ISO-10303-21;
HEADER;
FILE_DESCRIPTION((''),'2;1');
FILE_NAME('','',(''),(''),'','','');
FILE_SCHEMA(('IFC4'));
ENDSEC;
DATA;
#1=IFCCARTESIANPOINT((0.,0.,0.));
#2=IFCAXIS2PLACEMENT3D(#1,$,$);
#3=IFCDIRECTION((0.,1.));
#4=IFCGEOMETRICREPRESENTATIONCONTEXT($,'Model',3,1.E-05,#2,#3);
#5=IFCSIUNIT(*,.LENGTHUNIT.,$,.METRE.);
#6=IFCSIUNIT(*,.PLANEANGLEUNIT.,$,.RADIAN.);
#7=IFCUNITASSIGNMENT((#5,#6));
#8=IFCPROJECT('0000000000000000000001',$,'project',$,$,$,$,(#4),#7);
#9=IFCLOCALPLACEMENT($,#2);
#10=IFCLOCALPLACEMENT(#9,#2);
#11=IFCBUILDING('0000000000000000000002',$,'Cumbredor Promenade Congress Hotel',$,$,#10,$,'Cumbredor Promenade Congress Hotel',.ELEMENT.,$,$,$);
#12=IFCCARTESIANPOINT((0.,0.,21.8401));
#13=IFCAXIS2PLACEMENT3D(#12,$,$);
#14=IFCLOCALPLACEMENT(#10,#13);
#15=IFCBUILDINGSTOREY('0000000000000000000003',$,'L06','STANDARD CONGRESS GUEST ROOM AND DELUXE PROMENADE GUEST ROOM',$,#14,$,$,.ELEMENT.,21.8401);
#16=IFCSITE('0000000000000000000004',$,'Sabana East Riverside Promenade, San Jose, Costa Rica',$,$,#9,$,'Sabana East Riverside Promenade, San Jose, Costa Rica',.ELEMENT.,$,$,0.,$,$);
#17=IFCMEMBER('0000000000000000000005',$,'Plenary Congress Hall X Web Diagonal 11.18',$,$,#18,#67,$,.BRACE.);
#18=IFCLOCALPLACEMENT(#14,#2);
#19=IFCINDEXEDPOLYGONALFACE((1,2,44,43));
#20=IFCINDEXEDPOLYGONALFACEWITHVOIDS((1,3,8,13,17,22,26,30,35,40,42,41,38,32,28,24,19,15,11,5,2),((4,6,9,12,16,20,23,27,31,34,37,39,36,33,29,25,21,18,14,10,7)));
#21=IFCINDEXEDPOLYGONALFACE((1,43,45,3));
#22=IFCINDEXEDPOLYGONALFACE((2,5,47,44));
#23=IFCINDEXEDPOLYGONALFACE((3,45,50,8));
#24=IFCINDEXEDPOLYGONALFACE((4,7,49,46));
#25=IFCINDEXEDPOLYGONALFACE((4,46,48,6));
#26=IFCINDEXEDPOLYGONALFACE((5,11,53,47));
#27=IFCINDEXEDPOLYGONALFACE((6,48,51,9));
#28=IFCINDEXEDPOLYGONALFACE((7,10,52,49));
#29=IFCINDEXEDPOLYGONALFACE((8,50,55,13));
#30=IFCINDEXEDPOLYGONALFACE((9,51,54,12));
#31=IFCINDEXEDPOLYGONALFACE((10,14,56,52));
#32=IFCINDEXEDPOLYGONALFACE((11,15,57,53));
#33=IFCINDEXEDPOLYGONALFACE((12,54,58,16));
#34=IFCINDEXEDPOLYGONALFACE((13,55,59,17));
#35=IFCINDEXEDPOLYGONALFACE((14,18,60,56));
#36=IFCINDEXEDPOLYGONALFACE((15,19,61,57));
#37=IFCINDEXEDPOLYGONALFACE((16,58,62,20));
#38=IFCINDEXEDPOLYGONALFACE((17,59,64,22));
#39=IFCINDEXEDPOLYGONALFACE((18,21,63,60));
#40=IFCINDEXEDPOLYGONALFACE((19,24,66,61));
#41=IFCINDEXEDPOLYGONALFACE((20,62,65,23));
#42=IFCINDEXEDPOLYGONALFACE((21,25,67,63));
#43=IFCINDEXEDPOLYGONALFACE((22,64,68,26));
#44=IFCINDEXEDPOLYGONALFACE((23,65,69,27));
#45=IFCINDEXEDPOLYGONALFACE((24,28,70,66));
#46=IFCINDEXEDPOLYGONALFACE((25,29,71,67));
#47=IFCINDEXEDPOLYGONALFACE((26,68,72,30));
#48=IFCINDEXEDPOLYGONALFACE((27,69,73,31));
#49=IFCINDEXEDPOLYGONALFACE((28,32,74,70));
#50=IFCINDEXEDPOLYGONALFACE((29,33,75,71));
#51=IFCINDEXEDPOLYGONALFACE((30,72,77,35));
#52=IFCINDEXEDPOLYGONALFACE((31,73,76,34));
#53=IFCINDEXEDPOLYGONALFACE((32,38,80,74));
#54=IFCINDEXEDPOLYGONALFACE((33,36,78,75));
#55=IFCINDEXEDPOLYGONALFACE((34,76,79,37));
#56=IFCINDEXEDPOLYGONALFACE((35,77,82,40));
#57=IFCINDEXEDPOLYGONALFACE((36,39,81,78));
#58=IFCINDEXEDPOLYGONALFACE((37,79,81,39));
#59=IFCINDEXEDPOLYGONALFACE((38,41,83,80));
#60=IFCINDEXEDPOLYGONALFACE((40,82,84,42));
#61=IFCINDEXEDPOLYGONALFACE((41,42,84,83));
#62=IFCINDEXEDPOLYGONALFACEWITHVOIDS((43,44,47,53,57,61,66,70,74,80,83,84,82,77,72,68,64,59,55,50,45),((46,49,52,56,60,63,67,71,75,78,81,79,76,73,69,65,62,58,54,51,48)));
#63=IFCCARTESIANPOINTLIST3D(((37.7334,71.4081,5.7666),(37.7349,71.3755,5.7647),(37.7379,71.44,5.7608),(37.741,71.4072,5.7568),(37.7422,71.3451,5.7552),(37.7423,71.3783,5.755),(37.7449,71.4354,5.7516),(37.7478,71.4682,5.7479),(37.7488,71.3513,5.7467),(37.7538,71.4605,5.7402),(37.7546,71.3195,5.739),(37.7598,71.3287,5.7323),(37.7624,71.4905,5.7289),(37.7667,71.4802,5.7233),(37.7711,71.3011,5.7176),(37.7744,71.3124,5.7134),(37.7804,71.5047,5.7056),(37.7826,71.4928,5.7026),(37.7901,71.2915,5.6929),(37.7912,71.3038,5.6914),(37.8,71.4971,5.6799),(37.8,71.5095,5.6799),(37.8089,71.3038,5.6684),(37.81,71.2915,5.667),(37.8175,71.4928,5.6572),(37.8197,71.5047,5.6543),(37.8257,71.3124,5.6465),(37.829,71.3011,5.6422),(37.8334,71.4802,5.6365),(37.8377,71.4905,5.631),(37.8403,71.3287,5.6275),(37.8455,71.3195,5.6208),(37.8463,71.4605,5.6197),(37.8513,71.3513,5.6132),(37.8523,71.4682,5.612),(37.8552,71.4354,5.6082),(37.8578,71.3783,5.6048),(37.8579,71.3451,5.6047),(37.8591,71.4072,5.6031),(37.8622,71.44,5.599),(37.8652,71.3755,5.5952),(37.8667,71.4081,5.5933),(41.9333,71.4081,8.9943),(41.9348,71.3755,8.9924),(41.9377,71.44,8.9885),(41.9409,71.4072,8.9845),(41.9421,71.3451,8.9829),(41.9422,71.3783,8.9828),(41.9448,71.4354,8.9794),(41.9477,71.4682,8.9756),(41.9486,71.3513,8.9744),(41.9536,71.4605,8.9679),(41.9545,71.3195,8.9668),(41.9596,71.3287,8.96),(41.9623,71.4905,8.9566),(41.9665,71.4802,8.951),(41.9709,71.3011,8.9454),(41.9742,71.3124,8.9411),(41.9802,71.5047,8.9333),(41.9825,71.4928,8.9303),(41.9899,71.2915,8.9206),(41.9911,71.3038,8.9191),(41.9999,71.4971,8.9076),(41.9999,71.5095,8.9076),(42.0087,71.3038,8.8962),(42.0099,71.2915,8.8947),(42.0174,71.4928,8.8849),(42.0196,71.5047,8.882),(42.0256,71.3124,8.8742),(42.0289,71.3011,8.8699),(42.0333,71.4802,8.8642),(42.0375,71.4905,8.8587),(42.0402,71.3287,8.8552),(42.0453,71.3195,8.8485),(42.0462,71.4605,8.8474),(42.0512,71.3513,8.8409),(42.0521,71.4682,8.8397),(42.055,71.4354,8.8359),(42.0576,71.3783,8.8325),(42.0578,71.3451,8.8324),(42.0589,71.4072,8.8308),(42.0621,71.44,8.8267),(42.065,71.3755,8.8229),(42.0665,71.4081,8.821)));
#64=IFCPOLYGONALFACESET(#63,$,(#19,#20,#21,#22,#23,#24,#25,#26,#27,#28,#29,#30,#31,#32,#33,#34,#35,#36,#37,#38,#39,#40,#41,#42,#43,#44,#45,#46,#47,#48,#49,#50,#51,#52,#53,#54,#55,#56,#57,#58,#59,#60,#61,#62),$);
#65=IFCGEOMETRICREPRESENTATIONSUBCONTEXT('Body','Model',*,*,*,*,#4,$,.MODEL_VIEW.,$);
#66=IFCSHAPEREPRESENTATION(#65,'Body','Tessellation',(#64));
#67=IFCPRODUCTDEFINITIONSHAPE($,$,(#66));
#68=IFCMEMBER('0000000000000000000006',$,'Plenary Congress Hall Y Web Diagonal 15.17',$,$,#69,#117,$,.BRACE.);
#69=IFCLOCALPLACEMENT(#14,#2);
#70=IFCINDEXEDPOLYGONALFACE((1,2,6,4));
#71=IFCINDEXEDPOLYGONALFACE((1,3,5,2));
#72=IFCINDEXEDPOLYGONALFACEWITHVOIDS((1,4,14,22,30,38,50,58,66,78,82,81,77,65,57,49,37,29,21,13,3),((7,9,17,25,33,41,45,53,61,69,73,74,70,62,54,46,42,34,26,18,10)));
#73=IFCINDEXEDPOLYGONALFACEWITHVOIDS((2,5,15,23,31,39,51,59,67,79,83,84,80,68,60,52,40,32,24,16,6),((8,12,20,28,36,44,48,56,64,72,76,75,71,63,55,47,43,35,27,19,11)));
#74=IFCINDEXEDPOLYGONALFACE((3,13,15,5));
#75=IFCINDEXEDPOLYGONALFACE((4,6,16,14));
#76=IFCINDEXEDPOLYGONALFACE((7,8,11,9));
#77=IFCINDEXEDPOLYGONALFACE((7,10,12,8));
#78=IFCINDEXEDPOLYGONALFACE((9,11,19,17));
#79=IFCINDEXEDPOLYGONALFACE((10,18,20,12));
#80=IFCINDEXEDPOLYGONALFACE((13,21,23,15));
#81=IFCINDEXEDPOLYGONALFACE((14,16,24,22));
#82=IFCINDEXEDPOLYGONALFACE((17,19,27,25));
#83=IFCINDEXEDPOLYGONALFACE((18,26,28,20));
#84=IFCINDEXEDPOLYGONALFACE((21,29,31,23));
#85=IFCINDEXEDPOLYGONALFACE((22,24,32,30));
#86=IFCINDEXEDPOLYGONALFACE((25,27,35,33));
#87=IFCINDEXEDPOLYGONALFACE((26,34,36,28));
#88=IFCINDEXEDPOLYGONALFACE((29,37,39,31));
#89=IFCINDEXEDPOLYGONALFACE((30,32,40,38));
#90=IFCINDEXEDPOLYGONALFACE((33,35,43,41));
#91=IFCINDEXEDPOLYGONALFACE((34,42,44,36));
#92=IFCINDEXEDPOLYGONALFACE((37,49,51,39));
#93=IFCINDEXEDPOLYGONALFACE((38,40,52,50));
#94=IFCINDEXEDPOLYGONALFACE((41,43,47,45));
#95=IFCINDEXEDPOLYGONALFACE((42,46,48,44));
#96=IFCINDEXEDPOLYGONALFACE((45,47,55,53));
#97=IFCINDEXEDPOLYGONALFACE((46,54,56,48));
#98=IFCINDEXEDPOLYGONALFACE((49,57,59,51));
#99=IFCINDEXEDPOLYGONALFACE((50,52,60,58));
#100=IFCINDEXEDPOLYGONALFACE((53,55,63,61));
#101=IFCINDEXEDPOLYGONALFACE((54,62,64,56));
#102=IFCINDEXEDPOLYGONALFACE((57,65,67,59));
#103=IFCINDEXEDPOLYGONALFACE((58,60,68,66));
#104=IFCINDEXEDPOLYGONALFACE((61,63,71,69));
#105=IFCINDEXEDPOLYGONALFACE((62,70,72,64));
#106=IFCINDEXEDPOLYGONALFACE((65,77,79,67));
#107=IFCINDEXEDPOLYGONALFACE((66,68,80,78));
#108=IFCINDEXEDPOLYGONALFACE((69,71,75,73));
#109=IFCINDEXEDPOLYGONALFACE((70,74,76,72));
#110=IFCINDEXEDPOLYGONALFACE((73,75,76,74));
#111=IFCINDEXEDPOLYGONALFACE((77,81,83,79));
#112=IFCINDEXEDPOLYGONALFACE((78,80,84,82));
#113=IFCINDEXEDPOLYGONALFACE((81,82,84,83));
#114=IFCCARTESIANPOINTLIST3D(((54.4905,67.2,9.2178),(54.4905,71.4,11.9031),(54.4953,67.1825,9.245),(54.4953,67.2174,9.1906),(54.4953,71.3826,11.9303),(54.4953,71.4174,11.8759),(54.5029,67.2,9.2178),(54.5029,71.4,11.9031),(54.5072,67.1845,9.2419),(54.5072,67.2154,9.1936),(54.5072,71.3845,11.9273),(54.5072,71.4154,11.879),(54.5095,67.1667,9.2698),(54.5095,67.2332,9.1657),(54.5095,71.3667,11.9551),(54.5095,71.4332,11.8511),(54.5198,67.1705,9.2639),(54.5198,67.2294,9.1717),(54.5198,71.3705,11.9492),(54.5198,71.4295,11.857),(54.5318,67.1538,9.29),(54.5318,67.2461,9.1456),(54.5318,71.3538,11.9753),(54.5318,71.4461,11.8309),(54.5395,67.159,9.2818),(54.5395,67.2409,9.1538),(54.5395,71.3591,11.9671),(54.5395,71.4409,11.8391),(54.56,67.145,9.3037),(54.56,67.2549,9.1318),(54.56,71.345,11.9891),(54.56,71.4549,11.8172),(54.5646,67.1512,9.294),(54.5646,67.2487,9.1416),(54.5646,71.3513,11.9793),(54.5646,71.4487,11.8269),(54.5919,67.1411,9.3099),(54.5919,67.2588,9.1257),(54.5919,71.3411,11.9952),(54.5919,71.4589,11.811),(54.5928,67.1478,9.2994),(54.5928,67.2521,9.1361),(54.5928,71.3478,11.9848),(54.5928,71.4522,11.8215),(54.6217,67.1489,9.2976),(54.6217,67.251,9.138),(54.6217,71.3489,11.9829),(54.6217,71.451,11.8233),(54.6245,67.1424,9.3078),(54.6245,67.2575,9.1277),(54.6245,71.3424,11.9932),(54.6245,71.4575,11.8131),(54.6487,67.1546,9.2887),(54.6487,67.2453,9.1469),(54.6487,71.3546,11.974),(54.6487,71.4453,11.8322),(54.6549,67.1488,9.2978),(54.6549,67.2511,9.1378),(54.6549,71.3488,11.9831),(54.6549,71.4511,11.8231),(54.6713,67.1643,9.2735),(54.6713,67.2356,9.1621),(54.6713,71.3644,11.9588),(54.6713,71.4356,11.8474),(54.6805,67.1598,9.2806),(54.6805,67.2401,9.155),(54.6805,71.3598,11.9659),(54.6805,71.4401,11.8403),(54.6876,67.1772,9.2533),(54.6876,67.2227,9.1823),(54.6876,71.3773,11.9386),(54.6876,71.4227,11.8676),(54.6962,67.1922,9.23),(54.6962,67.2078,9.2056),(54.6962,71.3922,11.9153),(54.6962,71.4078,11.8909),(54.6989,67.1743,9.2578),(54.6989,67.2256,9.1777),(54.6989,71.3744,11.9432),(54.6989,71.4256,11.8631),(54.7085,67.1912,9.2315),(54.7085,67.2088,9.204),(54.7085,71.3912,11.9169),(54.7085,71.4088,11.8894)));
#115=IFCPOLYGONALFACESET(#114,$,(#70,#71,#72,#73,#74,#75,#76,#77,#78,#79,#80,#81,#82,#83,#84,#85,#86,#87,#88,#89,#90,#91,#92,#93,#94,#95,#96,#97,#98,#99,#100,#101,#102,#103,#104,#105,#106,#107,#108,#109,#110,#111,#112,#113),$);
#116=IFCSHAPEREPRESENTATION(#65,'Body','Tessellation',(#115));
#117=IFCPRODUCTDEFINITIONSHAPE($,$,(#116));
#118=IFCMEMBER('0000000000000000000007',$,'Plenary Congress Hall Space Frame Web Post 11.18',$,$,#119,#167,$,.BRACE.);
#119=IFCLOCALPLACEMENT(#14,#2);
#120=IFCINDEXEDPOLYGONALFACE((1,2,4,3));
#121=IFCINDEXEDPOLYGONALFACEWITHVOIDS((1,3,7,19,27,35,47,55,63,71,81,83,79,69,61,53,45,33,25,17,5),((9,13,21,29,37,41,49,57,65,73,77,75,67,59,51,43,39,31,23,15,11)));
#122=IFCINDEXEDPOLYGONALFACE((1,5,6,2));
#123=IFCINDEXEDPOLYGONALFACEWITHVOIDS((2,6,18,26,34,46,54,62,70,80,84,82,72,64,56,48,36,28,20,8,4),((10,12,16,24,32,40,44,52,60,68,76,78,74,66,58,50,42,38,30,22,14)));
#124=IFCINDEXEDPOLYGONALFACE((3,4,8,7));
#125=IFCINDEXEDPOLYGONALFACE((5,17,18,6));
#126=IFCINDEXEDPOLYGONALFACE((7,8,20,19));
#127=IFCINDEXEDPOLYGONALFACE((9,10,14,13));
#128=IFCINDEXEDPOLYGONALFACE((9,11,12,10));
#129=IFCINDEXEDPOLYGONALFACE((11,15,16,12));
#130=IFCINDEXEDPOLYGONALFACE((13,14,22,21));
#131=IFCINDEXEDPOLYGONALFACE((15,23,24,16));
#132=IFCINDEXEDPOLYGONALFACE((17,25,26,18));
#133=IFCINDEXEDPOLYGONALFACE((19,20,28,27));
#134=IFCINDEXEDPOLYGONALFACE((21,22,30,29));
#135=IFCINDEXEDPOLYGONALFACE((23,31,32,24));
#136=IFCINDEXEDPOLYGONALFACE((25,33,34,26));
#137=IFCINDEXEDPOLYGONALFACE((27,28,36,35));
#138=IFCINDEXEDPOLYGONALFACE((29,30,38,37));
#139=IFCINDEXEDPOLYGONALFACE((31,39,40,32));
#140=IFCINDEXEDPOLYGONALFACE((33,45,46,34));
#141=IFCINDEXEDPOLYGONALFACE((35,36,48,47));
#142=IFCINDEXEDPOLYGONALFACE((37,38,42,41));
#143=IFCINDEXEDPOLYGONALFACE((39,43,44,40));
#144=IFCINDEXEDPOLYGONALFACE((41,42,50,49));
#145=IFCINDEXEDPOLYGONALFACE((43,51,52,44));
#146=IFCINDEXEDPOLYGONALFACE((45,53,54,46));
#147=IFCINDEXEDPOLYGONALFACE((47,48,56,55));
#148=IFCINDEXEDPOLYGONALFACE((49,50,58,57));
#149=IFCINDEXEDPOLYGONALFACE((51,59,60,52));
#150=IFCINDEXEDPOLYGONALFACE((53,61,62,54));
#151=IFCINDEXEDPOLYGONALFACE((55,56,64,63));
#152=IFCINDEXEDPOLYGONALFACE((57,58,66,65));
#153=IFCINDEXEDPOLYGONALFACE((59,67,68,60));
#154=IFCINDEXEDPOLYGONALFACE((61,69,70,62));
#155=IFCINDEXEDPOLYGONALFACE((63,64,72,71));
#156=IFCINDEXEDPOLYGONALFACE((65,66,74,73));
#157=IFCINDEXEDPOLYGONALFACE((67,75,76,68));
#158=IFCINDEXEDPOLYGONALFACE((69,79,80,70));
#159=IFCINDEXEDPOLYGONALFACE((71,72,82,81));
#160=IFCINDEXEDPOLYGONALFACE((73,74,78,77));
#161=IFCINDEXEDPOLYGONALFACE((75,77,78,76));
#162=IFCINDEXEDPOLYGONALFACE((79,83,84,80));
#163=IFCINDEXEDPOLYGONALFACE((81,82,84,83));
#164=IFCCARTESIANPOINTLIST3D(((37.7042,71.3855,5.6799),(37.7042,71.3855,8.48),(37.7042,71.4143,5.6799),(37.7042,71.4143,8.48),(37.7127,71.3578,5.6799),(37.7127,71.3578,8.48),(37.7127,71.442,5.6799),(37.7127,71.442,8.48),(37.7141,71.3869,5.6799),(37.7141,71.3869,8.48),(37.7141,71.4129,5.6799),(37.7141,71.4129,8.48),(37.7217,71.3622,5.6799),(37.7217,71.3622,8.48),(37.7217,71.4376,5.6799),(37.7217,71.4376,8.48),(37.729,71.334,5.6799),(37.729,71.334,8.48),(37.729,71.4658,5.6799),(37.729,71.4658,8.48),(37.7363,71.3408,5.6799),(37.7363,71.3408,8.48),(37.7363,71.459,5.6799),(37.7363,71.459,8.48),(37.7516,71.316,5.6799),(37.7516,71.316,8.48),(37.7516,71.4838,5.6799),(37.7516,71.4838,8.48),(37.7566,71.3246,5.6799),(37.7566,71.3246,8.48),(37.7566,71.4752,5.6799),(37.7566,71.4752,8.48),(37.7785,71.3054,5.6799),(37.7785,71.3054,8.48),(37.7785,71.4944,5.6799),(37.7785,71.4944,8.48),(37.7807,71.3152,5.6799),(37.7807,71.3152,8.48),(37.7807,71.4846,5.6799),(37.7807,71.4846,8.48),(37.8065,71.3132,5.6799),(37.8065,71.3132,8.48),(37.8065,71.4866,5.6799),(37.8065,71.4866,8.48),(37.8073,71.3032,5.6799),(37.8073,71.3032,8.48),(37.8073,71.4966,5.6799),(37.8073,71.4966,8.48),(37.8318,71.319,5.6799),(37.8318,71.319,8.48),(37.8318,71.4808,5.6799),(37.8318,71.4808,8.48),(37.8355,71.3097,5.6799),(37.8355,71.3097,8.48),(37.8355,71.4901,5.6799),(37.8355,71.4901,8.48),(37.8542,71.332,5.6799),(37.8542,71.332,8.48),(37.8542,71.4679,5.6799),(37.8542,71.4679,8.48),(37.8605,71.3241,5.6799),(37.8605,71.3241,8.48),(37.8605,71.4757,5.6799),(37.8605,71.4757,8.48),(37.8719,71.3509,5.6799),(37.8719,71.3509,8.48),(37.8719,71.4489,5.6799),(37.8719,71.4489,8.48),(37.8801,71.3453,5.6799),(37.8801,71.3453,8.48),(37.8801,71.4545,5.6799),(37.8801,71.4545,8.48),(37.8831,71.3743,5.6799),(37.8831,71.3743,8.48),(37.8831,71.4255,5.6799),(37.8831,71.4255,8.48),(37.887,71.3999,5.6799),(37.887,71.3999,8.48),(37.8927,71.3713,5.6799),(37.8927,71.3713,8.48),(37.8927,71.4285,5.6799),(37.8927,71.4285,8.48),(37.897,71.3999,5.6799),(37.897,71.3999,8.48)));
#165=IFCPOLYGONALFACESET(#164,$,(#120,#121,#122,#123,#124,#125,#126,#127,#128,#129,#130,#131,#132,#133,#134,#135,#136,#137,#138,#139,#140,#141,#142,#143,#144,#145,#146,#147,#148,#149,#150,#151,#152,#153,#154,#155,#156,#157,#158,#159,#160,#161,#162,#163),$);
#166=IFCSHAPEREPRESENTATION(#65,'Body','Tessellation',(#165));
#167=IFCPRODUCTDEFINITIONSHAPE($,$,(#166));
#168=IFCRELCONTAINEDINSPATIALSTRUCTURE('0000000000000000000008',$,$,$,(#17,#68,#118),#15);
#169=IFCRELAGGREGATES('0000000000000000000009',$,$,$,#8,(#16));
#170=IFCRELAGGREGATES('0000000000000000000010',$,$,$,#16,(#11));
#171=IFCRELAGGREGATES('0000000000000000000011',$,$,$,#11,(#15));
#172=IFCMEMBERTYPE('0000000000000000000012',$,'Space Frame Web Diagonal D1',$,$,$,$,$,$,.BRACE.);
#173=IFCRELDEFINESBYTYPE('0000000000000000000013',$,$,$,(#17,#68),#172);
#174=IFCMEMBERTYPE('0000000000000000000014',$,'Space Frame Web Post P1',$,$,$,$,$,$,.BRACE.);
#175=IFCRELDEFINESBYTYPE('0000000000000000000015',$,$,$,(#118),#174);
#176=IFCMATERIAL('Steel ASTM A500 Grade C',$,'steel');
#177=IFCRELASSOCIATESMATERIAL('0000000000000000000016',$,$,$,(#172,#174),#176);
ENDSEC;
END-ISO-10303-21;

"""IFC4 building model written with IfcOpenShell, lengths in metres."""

from ifc_helpers import new_model, si_unit, direction, frame, origin, origin_2d, place, context, subcontext, project, spatial, hollow_circle, extrude, material, material_profile, profile_set, type_object, element, save


model = new_model("IFC4")

# Units and contexts
model_context = context("Model", 3, precision=1e-05, world=origin(), true_north=direction((0.0, 1.0)))
body_context = subcontext(model_context, "Body", "Model", "MODEL_VIEW")
ifc_project = project(units=[si_unit("LENGTHUNIT", "METRE"), si_unit("PLANEANGLEUNIT", "RADIAN")], contexts=[model_context])

# Site, building, storey
site_placement = place(None, origin())
site = spatial("IfcSite", under=ifc_project, at=site_placement, Name="Sabana East Riverside Promenade, San Jose, Costa Rica", LongName="Sabana East Riverside Promenade, San Jose, Costa Rica", CompositionType="ELEMENT", RefElevation=0.0)
building_placement = place(site_placement, origin())
building = spatial("IfcBuilding", under=site, at=building_placement, Name="Cumbredor Promenade Congress Hotel", LongName="Cumbredor Promenade Congress Hotel", CompositionType="ELEMENT")
storey_placement = place(building_placement, frame((0.0, 0.0, 21.8401)))
storey = spatial("IfcBuildingStorey", under=building, at=storey_placement, Name="L06", Description="STANDARD CONGRESS GUEST ROOM AND DELUXE PROMENADE GUEST ROOM", CompositionType="ELEMENT", Elevation=21.8401)

# Members
ifc_material_1 = material(Name="Steel ASTM A500 Grade C", Category="steel")
ifc_material_profile_1 = material_profile(ifc_material_1, hollow_circle(Radius=0.1096, WallThickness=0.0125, at=origin_2d()), Name="CHS 219.1x12.5")
ifc_profile_set_1 = profile_set([ifc_material_profile_1], Name="Steel ASTM A500 Grade C")
member_type_1 = type_object("IfcMemberType", Name="Space Frame Web Diagonal D1", PredefinedType="BRACE", material=ifc_profile_set_1)
member_1_placement = place(storey_placement, frame((37.8, 71.3999, 5.6799), z_axis=(0.792893, 0.0, 0.609361), x_axis=(0.0, 1.0, 0.0)))
element("IfcMember", 1, at=member_1_placement, inside=storey, type_object=member_type_1, Name="Plenary Congress Hall X Web Diagonal 11.18", PredefinedType="BRACE", context=body_context, shape_type="SweptSolid", body=[
    extrude(hollow_circle(Radius=0.1096, WallThickness=0.0125, at=origin_2d()), origin(), (0.0, 0.0, 1.0), 5.2969),
])
member_2_placement = place(storey_placement, frame((54.6001, 67.2, 9.2178), z_axis=(0.0, 0.842514, 0.538674), x_axis=(-1.0, 0.0, 0.0)))
element("IfcMember", 2, at=member_2_placement, inside=storey, type_object=member_type_1, Name="Plenary Congress Hall Y Web Diagonal 15.17", PredefinedType="BRACE", context=body_context, shape_type="SweptSolid", body=[
    extrude(hollow_circle(Radius=0.1096, WallThickness=0.0125, at=origin_2d()), origin(), (0.0, 0.0, 1.0), 4.9851),
])
ifc_material_profile_2 = material_profile(ifc_material_1, hollow_circle(Radius=0.0969, WallThickness=0.01, at=origin_2d()), Name="CHS 193.7x10")
ifc_profile_set_2 = profile_set([ifc_material_profile_2], Name="Steel ASTM A500 Grade C")
member_type_2 = type_object("IfcMemberType", Name="Space Frame Web Post P1", PredefinedType="BRACE", material=ifc_profile_set_2)
for number, where, z_axis, x_axis, name in (
    (3, (37.8, 71.3999, 5.6799), (0.0, 0.0, 1.0), (1.0, 0.0, 0.0), "Plenary Congress Hall Space Frame Web Post 11.18"),
):
    element("IfcMember", number, at=place(storey_placement, frame(where, z_axis=z_axis, x_axis=x_axis)), inside=storey, type_object=member_type_2, Name=name, PredefinedType="BRACE", context=body_context, shape_type="SweptSolid", body=[
        extrude(hollow_circle(Radius=0.0969, WallThickness=0.01, at=origin_2d()), origin(), (0.0, 0.0, 1.0), 2.8),
    ])

save(model, "model.ifc")
